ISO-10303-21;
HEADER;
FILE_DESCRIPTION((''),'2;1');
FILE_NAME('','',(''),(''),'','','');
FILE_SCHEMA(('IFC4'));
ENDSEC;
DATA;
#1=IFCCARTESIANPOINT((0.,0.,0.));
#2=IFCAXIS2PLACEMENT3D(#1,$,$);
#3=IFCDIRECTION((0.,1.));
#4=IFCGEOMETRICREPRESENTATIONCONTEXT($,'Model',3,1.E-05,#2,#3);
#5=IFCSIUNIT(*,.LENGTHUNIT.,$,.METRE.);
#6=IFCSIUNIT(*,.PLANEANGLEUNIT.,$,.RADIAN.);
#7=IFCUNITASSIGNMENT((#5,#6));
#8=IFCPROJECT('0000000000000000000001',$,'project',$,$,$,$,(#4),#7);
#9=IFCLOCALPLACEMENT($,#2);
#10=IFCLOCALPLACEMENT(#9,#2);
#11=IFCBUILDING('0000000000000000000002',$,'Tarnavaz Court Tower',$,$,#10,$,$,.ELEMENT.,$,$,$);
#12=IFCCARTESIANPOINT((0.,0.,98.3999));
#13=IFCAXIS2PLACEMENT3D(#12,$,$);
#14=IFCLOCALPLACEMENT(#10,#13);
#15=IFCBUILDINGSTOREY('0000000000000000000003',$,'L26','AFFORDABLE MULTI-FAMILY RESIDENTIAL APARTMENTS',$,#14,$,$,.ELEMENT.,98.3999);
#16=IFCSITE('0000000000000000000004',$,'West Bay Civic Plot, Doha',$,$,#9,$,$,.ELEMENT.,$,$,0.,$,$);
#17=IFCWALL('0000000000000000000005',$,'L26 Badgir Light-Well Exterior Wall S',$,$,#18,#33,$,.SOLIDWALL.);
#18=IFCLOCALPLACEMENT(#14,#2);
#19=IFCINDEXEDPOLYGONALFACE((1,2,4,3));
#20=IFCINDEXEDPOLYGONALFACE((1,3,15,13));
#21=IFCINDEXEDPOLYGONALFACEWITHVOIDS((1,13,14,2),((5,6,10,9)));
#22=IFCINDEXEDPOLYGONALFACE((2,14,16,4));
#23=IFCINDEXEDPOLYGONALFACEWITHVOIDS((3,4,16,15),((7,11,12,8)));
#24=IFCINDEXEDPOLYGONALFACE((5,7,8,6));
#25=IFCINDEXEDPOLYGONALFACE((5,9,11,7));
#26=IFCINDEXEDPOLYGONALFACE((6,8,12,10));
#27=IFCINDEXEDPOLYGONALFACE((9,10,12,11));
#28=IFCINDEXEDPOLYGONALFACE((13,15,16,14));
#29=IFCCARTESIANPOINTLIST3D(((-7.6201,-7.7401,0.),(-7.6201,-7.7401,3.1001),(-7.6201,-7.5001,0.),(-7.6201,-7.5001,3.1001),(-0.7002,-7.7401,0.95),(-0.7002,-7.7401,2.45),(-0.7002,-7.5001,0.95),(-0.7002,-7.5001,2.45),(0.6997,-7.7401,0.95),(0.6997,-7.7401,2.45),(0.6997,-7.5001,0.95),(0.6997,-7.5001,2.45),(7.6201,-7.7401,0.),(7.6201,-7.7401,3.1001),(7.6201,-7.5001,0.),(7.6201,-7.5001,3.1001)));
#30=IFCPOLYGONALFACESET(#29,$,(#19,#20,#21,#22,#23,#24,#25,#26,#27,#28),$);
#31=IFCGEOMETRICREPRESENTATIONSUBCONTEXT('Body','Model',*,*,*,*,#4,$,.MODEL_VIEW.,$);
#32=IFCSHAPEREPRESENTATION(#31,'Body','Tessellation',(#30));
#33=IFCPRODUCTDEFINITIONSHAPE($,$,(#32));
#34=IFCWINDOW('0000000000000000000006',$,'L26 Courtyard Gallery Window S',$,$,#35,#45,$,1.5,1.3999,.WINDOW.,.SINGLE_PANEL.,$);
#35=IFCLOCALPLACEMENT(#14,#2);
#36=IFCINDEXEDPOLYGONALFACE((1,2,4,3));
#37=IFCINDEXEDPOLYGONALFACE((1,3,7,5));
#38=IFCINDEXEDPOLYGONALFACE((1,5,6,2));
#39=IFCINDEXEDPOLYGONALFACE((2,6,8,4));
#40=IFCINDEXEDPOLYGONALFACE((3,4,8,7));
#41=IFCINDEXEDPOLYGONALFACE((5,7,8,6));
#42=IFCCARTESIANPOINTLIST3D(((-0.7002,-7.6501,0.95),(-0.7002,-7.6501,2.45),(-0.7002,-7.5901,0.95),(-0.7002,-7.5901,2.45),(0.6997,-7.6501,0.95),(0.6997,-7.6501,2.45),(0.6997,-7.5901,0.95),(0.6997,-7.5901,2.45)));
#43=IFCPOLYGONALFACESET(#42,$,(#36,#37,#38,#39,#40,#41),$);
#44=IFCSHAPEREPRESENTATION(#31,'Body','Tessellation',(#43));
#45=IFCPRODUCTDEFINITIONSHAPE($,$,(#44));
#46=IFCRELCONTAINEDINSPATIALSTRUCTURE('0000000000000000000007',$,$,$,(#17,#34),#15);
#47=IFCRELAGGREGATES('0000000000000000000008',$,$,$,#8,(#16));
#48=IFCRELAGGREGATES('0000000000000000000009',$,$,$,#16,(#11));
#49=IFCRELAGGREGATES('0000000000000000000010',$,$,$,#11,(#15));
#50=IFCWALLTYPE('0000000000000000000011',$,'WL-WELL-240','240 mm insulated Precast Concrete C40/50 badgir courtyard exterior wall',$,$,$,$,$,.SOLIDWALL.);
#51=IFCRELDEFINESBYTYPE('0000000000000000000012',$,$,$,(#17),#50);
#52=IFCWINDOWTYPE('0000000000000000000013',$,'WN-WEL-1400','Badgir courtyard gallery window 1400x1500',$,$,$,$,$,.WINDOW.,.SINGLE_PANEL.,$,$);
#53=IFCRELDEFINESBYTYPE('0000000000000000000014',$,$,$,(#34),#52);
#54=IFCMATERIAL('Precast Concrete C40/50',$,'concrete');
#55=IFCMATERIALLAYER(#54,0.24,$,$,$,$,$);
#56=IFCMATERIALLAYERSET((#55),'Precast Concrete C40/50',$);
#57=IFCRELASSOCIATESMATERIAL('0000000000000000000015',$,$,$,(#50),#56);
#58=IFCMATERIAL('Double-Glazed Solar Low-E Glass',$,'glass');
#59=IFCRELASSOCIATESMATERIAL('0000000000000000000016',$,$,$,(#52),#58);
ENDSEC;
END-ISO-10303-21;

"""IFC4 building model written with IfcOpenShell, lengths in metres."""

from ifc_helpers import new_model, si_unit, direction, frame, frame_2d, origin, place, context, subcontext, project, spatial, rectangle, extrude, material, layer, layer_set, type_object, element, fill, save


model = new_model("IFC4")

# Units and contexts
model_context = context("Model", 3, precision=1e-05, world=origin(), true_north=direction((0.0, 1.0)))
body_context = subcontext(model_context, "Body", "Model", "MODEL_VIEW")
ifc_project = project(units=[si_unit("LENGTHUNIT", "METRE"), si_unit("PLANEANGLEUNIT", "RADIAN")], contexts=[model_context])

# Site, building, storey
site_placement = place(None, origin())
site = spatial("IfcSite", under=ifc_project, at=site_placement, Name="West Bay Civic Plot, Doha", CompositionType="ELEMENT", RefElevation=0.0)
building_placement = place(site_placement, origin())
building = spatial("IfcBuilding", under=site, at=building_placement, Name="Tarnavaz Court Tower", CompositionType="ELEMENT")
storey_placement = place(building_placement, frame((0.0, 0.0, 98.3999)))
storey = spatial("IfcBuildingStorey", under=building, at=storey_placement, Name="L26", Description="AFFORDABLE MULTI-FAMILY RESIDENTIAL APARTMENTS", CompositionType="ELEMENT", Elevation=98.3999)

# Wall, opening, window
ifc_material_1 = material(Name="Precast Concrete C40/50", Category="concrete")
ifc_layer_1 = layer(ifc_material_1, 0.24)
ifc_layer_set_1 = layer_set([ifc_layer_1], Name="Precast Concrete C40/50")
wall_type_1 = type_object("IfcWallType", Name="WL-WELL-240", Description="240 mm insulated Precast Concrete C40/50 badgir courtyard exterior wall", PredefinedType="SOLIDWALL", material=ifc_layer_set_1)
wall_1_placement = place(storey_placement, frame((-7.6201, -7.6201, 0.0), z_axis=(0.0, 0.0, 1.0), x_axis=(1.0, 0.0, 0.0)))
wall_1 = element("IfcWall", 1, at=wall_1_placement, inside=storey, type_object=wall_type_1, Name="L26 Badgir Light-Well Exterior Wall S", PredefinedType="SOLIDWALL", context=body_context, shape_type="SweptSolid", body=[
    extrude(rectangle(XDim=15.2402, YDim=0.24, at=frame_2d((7.6201, 0.0))), origin(), (0.0, 0.0, 1.0), 3.1001),
])
opening_1_placement = place(wall_1_placement, frame((6.9199, 0.0, 0.95)))
opening_1 = element("IfcOpeningElement", 2, at=opening_1_placement, cuts=wall_1, PredefinedType="OPENING", context=body_context, shape_type="SweptSolid", body=[
    extrude(rectangle(XDim=1.3999, YDim=1.5, at=frame_2d((0.7, 0.75))), frame((0.0, 0.1299, 0.0), z_axis=(0.0, -1.0, 0.0), x_axis=(1.0, 0.0, 0.0)), (0.0, 0.0, 1.0), 0.26),
])
ifc_material_2 = material(Name="Double-Glazed Solar Low-E Glass", Category="glass")
window_type = type_object("IfcWindowType", Name="WN-WEL-1400", Description="Badgir courtyard gallery window 1400x1500", PartitioningType="SINGLE_PANEL", PredefinedType="WINDOW", material=ifc_material_2)
window_placement = place(opening_1_placement, origin())
window = element("IfcWindow", 3, at=window_placement, inside=storey, type_object=window_type, Name="L26 Courtyard Gallery Window S", OverallHeight=1.5, OverallWidth=1.3999, PartitioningType="SINGLE_PANEL", PredefinedType="WINDOW", context=body_context, shape_type="SweptSolid", body=[
    extrude(rectangle(XDim=1.3999, YDim=1.5, at=frame_2d((0.7, 0.75))), frame((0.0, 0.03, 0.0), z_axis=(0.0, -1.0, 0.0), x_axis=(1.0, 0.0, 0.0)), (0.0, 0.0, 1.0), 0.0601),
])
fill(opening_1, window)

save(model, "model.ifc")
